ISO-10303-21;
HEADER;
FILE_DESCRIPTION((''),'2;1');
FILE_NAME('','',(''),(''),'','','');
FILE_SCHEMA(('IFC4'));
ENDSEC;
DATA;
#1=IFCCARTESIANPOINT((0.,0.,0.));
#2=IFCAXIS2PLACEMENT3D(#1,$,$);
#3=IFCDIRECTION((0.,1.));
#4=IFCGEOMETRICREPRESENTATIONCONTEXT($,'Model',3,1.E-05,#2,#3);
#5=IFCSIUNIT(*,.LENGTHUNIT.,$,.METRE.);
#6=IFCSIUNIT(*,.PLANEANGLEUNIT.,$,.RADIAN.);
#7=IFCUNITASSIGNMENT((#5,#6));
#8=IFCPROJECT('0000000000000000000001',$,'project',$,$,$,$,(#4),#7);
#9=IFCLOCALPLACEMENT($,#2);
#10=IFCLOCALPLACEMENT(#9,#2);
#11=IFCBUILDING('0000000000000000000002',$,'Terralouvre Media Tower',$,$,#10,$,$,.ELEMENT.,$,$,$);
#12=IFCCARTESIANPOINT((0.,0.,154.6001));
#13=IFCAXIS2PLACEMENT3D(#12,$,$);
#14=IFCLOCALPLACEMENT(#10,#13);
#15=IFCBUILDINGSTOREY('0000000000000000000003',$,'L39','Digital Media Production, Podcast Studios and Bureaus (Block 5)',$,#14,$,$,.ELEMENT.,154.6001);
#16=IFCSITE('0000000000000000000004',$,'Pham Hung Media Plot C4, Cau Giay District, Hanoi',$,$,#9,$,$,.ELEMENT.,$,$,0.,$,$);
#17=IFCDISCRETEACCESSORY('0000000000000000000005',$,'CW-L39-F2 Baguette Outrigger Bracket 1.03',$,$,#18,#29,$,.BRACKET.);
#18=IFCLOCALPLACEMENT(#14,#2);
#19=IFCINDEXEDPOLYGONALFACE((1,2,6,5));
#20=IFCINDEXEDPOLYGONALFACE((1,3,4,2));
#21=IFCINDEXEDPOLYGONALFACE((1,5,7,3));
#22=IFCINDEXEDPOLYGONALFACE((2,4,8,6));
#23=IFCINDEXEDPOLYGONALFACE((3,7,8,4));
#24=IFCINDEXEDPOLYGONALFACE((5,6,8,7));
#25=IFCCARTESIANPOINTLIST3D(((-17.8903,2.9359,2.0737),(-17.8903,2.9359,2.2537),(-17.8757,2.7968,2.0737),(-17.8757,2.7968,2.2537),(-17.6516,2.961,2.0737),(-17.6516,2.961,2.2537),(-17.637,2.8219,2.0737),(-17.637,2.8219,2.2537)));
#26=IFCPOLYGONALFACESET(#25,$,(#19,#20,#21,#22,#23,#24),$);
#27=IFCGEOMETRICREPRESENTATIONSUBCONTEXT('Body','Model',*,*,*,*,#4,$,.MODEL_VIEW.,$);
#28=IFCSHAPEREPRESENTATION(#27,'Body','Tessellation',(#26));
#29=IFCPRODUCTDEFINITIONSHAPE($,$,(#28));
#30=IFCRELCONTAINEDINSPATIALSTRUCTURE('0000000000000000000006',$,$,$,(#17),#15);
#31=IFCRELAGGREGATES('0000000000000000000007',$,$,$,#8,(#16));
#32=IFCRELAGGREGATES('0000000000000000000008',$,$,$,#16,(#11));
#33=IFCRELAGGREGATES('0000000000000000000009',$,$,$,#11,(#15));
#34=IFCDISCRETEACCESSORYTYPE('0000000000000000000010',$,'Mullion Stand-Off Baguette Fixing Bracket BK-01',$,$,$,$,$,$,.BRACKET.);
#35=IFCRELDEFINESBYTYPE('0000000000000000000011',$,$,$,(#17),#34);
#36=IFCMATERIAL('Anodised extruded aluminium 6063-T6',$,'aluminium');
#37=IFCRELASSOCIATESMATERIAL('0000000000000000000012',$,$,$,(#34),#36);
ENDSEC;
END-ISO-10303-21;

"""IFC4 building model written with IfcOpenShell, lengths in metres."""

from ifc_helpers import new_model, si_unit, direction, frame, origin, origin_2d, place, context, subcontext, project, spatial, rectangle, extrude, material, type_object, element, save


model = new_model("IFC4")

# Units and contexts
model_context = context("Model", 3, precision=1e-05, world=origin(), true_north=direction((0.0, 1.0)))
body_context = subcontext(model_context, "Body", "Model", "MODEL_VIEW")
ifc_project = project(units=[si_unit("LENGTHUNIT", "METRE"), si_unit("PLANEANGLEUNIT", "RADIAN")], contexts=[model_context])

# Site, building, storey
site_placement = place(None, origin())
site = spatial("IfcSite", under=ifc_project, at=site_placement, Name="Pham Hung Media Plot C4, Cau Giay District, Hanoi", CompositionType="ELEMENT", RefElevation=0.0)
building_placement = place(site_placement, origin())
building = spatial("IfcBuilding", under=site, at=building_placement, Name="Terralouvre Media Tower", CompositionType="ELEMENT")
storey_placement = place(building_placement, frame((0.0, 0.0, 154.6001)))
storey = spatial("IfcBuildingStorey", under=building, at=storey_placement, Name="L39", Description="Digital Media Production, Podcast Studios and Bureaus (Block 5)", CompositionType="ELEMENT", Elevation=154.6001)

# Discrete accessory
ifc_material_1 = material(Name="Anodised extruded aluminium 6063-T6", Category="aluminium")
discrete_accessory_type = type_object("IfcDiscreteAccessoryType", Name="Mullion Stand-Off Baguette Fixing Bracket BK-01", PredefinedType="BRACKET", material=ifc_material_1)
discrete_accessory_placement = place(storey_placement, frame((-17.7637, 2.8789, 2.0737), z_axis=(0.0, 0.0, 1.0), x_axis=(0.104528, -0.994522, 0.0)))
element("IfcDiscreteAccessory", 1, at=discrete_accessory_placement, inside=storey, type_object=discrete_accessory_type, Name="CW-L39-F2 Baguette Outrigger Bracket 1.03", PredefinedType="BRACKET", context=body_context, shape_type="SweptSolid", body=[
    extrude(rectangle(XDim=0.1399, YDim=0.24, at=origin_2d()), origin(), (0.0, 0.0, 1.0), 0.1799),
])

save(model, "model.ifc")
